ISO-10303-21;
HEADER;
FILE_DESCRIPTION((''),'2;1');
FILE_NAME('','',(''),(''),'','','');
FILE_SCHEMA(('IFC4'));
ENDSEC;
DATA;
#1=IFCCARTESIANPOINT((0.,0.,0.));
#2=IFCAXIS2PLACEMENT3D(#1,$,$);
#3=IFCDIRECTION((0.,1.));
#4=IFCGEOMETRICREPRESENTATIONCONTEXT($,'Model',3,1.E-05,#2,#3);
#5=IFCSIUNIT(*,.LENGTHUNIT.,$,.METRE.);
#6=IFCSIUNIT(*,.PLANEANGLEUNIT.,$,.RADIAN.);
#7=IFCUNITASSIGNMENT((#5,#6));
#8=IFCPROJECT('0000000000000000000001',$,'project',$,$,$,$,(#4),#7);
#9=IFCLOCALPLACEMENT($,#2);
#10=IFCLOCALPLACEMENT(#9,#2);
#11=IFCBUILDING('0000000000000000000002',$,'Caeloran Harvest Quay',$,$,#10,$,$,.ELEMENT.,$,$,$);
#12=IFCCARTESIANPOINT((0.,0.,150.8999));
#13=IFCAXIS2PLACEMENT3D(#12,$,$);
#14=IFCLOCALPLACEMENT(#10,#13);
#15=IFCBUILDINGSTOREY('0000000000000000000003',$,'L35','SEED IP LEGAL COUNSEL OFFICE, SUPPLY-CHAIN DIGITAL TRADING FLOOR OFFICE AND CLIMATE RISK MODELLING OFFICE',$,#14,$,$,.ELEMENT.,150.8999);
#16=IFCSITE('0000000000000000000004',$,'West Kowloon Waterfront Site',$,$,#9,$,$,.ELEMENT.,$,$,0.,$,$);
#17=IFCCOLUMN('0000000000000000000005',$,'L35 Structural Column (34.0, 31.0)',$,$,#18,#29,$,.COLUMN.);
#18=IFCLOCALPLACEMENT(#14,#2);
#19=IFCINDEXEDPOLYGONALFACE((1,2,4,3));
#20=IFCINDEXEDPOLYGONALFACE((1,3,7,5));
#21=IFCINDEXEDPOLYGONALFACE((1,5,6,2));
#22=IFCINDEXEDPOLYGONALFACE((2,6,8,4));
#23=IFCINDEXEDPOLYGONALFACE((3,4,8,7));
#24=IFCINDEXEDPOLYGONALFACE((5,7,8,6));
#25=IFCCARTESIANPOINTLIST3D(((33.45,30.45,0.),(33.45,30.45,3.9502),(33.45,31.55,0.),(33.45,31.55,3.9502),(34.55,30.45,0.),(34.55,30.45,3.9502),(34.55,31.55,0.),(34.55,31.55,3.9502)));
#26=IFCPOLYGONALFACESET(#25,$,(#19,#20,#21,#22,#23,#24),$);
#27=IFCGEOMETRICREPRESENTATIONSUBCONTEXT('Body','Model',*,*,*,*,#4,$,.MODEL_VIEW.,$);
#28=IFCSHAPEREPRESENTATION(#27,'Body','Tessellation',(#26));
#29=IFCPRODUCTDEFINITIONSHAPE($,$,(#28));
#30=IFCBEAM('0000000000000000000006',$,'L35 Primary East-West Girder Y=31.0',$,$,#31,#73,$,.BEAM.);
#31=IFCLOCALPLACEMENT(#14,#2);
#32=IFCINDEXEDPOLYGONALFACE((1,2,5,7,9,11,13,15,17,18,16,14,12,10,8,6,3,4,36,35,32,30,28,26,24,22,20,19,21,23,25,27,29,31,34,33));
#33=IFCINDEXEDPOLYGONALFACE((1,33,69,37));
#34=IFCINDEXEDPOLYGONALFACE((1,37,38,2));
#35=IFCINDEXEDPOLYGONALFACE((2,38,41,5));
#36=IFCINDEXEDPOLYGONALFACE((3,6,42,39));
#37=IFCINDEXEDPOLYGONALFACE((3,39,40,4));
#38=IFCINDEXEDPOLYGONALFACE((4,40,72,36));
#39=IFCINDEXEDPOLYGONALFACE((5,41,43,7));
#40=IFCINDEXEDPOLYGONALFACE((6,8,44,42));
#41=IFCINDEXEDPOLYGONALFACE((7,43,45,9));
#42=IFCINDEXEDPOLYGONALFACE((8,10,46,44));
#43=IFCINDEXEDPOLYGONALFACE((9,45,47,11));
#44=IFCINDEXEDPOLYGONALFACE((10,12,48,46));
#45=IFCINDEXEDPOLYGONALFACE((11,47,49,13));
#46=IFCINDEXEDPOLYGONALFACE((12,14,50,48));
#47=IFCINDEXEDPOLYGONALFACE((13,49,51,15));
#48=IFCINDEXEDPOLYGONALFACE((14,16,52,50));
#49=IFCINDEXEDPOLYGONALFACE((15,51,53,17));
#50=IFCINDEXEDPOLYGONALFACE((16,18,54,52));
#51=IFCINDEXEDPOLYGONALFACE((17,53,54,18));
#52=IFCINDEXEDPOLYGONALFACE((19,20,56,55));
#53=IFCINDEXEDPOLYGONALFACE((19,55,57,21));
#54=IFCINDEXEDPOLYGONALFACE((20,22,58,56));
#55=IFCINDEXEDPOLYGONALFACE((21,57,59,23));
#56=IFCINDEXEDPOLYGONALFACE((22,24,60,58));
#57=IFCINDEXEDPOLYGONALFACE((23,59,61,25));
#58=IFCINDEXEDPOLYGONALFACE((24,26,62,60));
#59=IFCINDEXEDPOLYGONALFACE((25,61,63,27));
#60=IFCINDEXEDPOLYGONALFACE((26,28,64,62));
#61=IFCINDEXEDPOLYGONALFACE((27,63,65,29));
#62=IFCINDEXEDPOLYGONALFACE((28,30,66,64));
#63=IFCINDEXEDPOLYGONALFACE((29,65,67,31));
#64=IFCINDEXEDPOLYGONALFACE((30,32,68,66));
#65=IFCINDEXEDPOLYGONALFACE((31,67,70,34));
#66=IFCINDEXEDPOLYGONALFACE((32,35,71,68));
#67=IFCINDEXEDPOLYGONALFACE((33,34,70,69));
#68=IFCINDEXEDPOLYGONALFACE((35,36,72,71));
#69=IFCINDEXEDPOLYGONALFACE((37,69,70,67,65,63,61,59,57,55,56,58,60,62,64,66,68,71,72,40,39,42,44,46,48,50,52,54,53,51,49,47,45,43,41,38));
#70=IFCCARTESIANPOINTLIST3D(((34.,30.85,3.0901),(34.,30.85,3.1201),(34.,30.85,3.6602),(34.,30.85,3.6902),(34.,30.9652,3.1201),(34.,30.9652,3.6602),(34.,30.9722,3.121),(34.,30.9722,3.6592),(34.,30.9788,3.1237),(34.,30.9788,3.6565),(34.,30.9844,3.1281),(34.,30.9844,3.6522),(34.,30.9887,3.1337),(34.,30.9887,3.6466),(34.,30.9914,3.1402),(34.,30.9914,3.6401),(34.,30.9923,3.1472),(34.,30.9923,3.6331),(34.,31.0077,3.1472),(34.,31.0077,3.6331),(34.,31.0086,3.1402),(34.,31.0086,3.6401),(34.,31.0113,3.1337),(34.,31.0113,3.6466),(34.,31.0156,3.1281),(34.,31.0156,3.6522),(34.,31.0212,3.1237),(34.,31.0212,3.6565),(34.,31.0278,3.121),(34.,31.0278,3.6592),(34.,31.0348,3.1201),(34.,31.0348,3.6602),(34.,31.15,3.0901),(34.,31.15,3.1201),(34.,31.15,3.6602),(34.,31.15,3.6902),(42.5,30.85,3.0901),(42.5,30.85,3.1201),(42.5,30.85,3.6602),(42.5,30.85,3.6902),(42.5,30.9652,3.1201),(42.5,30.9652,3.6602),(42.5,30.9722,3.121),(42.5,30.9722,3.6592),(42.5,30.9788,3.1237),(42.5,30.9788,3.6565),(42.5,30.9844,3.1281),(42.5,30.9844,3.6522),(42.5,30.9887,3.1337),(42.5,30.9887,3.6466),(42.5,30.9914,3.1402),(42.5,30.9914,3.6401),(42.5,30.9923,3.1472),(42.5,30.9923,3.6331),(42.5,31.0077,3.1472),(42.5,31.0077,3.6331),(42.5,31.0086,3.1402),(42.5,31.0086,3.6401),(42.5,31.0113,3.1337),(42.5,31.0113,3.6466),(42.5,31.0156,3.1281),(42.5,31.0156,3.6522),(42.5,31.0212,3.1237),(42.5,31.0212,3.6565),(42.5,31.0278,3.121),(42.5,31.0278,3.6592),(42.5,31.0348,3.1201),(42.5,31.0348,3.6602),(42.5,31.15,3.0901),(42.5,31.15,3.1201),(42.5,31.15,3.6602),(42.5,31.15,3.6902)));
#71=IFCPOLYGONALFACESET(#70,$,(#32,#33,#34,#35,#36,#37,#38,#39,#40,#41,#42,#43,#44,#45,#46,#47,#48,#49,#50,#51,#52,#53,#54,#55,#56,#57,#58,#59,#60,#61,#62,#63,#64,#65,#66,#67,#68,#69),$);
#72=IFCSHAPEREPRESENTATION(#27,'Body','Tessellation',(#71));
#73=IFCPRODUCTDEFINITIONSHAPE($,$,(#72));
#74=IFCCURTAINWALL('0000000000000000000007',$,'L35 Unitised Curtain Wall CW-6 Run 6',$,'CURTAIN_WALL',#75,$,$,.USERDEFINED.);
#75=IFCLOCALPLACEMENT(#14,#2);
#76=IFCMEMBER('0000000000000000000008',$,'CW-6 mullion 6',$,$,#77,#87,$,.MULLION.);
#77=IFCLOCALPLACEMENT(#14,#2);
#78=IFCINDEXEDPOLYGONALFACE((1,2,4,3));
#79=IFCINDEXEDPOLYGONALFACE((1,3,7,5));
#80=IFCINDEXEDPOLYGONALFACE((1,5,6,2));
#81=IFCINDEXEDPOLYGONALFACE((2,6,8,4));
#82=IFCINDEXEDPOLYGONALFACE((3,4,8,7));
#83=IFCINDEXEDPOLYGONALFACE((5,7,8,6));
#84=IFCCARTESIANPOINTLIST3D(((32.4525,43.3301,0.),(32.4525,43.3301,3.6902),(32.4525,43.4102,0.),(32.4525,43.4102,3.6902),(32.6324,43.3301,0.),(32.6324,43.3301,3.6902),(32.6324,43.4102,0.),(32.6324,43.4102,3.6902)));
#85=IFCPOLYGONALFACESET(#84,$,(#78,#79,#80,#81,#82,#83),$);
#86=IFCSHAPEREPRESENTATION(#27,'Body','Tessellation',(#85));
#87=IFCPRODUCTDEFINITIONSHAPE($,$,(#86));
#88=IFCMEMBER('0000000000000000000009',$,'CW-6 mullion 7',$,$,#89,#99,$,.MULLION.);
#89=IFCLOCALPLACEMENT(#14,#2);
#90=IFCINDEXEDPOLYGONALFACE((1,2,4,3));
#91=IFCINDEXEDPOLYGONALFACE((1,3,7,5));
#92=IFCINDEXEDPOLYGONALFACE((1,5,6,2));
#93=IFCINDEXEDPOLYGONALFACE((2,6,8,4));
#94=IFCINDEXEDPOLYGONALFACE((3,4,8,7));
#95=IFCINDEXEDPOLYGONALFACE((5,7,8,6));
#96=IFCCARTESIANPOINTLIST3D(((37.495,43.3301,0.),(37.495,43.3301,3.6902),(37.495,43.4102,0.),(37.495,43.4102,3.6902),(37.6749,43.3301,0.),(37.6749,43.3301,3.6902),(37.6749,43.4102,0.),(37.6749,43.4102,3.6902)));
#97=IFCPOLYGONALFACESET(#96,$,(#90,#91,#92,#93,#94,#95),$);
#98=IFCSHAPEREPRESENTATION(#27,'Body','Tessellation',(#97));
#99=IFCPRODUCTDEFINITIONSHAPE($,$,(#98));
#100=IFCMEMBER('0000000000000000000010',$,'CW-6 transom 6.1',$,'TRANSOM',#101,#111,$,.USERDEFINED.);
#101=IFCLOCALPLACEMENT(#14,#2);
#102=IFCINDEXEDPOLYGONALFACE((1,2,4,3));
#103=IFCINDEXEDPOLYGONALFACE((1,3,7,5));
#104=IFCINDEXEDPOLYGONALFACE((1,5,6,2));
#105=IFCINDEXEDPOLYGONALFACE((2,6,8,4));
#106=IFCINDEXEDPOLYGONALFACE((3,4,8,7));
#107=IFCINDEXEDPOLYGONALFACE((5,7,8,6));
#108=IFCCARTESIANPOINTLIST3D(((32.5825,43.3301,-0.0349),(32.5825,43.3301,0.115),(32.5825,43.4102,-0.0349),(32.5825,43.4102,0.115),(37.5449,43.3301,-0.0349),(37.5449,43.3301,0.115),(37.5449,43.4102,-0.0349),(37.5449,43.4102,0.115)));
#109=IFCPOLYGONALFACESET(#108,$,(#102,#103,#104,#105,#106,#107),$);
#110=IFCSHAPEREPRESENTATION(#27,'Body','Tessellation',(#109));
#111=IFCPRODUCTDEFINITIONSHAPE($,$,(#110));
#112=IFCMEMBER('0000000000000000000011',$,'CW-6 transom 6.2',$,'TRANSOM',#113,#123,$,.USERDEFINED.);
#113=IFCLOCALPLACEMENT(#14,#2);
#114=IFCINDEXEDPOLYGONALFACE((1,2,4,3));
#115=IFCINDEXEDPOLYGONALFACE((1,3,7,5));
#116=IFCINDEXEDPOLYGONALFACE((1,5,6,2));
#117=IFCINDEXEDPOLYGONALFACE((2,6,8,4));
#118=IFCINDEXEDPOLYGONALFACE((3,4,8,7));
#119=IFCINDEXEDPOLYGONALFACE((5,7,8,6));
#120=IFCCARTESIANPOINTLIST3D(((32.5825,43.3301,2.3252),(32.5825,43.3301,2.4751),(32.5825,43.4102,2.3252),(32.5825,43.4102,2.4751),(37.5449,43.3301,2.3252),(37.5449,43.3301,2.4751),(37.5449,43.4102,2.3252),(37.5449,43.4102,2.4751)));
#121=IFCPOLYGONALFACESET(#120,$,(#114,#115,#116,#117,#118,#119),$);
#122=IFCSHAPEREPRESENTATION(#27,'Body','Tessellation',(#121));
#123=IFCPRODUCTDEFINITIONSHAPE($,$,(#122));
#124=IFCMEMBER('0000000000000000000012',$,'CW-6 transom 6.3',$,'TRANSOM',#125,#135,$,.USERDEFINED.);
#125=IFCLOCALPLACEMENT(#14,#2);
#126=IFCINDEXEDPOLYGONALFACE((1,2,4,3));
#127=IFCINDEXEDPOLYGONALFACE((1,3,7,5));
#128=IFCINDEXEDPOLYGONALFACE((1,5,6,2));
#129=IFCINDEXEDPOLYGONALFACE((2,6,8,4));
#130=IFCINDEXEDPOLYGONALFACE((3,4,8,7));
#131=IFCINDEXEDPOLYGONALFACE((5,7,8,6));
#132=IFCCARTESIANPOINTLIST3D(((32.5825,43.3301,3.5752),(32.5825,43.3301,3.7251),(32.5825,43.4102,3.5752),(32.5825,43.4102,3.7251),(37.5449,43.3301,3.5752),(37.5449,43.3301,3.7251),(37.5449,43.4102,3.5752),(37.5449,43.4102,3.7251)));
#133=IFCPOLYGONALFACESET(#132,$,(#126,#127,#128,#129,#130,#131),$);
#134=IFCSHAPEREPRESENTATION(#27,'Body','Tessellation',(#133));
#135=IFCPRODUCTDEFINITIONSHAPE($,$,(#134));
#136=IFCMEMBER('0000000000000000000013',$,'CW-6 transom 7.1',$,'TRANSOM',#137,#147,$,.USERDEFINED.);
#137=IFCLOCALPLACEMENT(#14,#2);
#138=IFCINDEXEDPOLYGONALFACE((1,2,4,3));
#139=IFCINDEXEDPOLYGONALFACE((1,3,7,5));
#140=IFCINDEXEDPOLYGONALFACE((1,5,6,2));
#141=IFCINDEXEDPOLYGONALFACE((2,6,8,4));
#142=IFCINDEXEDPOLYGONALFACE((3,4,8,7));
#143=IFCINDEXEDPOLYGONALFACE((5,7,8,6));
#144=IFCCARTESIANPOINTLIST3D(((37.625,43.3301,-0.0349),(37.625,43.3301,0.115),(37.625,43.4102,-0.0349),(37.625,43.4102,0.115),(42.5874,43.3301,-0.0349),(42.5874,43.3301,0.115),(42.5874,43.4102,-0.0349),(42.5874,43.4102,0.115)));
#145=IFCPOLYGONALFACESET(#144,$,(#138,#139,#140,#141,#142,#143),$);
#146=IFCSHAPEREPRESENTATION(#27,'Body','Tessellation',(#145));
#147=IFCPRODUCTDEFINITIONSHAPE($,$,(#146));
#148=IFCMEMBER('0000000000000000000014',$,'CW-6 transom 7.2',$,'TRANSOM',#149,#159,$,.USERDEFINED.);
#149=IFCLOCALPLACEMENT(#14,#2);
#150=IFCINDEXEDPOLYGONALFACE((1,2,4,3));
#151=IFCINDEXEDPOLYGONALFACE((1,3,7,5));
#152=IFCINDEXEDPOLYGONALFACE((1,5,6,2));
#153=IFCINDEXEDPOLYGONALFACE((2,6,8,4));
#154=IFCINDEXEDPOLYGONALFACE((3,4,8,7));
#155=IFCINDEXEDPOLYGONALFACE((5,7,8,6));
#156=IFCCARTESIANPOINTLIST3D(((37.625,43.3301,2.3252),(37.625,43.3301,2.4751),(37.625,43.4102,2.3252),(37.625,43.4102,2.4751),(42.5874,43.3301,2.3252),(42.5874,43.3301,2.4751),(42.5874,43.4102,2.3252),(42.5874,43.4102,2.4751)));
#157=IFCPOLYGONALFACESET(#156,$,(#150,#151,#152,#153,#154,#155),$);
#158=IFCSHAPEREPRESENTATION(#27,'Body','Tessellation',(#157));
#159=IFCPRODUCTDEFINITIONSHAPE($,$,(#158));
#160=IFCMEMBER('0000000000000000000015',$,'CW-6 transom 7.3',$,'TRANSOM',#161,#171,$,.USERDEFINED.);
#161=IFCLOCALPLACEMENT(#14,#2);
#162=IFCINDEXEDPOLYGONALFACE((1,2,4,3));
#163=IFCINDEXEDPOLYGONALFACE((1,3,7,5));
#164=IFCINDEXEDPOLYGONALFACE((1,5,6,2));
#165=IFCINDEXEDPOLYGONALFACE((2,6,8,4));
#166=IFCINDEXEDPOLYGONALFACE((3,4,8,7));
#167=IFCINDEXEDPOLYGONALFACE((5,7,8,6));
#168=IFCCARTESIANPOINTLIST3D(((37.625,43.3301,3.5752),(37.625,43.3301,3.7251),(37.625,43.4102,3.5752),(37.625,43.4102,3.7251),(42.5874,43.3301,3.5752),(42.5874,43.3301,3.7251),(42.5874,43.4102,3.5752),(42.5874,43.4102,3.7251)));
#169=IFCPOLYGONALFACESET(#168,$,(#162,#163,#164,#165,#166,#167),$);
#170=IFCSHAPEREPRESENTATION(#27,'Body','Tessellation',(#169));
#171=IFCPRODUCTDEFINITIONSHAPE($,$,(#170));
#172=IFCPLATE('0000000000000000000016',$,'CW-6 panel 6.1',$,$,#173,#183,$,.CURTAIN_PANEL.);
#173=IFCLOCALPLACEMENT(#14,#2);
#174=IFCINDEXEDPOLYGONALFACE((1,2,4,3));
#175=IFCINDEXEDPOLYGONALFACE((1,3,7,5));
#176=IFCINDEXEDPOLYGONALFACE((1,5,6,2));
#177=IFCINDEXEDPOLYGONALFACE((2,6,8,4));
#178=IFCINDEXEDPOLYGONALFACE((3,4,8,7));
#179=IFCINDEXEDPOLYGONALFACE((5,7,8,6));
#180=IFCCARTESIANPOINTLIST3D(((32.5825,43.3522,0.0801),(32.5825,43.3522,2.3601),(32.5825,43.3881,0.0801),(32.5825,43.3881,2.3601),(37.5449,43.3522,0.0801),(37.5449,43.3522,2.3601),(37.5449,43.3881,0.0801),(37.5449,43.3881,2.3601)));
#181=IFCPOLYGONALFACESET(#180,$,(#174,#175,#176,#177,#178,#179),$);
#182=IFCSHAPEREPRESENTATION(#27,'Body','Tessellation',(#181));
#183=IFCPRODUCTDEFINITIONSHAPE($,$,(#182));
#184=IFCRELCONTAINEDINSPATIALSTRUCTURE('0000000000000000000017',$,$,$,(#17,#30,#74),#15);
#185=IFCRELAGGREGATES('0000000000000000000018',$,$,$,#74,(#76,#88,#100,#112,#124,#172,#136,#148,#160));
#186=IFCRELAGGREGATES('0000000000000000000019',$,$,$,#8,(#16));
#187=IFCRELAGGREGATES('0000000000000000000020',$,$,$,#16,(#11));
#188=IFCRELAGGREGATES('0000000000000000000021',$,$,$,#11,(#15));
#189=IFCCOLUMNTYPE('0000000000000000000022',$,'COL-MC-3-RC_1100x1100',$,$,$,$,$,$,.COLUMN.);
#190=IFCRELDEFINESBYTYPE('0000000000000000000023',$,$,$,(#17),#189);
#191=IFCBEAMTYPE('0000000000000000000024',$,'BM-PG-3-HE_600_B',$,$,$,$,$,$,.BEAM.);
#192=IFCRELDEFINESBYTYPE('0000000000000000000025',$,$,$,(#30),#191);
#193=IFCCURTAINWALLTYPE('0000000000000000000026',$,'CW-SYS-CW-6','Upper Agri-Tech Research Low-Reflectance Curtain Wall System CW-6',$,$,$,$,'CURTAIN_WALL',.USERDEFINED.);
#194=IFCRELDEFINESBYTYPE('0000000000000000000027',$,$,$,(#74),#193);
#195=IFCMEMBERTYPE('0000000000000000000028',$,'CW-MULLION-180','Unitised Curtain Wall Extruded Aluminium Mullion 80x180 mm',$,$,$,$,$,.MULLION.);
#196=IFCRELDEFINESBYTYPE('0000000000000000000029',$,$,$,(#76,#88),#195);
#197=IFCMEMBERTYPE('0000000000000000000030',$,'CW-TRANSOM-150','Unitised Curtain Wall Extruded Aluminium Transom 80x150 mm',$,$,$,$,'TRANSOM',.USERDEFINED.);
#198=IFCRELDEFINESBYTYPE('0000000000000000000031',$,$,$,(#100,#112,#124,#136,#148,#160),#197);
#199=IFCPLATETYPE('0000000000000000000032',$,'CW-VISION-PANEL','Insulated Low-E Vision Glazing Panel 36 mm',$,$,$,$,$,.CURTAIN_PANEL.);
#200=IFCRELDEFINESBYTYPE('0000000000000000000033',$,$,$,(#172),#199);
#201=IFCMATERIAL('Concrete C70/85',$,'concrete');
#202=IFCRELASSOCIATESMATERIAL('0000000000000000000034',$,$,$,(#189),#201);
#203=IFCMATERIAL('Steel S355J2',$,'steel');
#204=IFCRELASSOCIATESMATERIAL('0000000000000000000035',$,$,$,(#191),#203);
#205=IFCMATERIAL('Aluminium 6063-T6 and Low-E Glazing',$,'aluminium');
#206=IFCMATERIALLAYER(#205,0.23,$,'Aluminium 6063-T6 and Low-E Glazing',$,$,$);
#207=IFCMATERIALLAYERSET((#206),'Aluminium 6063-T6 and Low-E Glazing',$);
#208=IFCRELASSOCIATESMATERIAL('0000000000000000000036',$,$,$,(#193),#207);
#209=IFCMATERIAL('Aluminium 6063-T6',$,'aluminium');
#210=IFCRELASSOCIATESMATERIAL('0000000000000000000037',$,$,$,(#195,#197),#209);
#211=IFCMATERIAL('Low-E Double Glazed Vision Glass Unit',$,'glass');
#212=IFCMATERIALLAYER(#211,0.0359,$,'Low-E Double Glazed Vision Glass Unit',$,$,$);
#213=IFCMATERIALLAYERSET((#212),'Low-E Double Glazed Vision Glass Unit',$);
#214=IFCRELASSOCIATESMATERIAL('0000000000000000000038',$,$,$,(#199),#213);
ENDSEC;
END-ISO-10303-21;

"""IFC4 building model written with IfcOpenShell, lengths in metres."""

from ifc_helpers import new_model, si_unit, direction, frame, origin, origin_2d, place, context, subcontext, project, spatial, rectangle, i_section, extrude, material, layer, layer_set, material_profile, profile_set, type_object, element, aggregate, save


model = new_model("IFC4")

# Units and contexts
model_context = context("Model", 3, precision=1e-05, world=origin(), true_north=direction((0.0, 1.0)))
body_context = subcontext(model_context, "Body", "Model", "MODEL_VIEW")
ifc_project = project(units=[si_unit("LENGTHUNIT", "METRE"), si_unit("PLANEANGLEUNIT", "RADIAN")], contexts=[model_context])

# Site, building, storey
site_placement = place(None, origin())
site = spatial("IfcSite", under=ifc_project, at=site_placement, Name="West Kowloon Waterfront Site", CompositionType="ELEMENT", RefElevation=0.0)
building_placement = place(site_placement, origin())
building = spatial("IfcBuilding", under=site, at=building_placement, Name="Caeloran Harvest Quay", CompositionType="ELEMENT")
storey_placement = place(building_placement, frame((0.0, 0.0, 150.8999)))
storey = spatial("IfcBuildingStorey", under=building, at=storey_placement, Name="L35", Description="SEED IP LEGAL COUNSEL OFFICE, SUPPLY-CHAIN DIGITAL TRADING FLOOR OFFICE AND CLIMATE RISK MODELLING OFFICE", CompositionType="ELEMENT", Elevation=150.8999)

# Column
ifc_material_1 = material(Name="Concrete C70/85", Category="concrete")
ifc_material_profile_1 = material_profile(ifc_material_1, rectangle(XDim=1.1001, YDim=1.1001, at=origin_2d()), Name="RC 1100x1100")
ifc_profile_set_1 = profile_set([ifc_material_profile_1], Name="Concrete C70/85")
column_type = type_object("IfcColumnType", Name="COL-MC-3-RC_1100x1100", PredefinedType="COLUMN", material=ifc_profile_set_1)
column_placement = place(storey_placement, frame((34.0, 31.0, 0.0), z_axis=(0.0, 0.0, 1.0), x_axis=(1.0, 0.0, 0.0)))
element("IfcColumn", 1, at=column_placement, inside=storey, type_object=column_type, Name="L35 Structural Column (34.0, 31.0)", PredefinedType="COLUMN", context=body_context, shape_type="SweptSolid", body=[
    extrude(rectangle(XDim=1.1001, YDim=1.1001, at=origin_2d()), origin(), (0.0, 0.0, 1.0), 3.9502),
])

# Beam
ifc_material_2 = material(Name="Steel S355J2", Category="steel")
ifc_material_profile_2 = material_profile(ifc_material_2, i_section(OverallWidth=0.3, OverallDepth=0.6001, WebThickness=0.0154, FlangeThickness=0.03, FilletRadius=0.0271, at=origin_2d()), Name="HE 600 B")
ifc_profile_set_2 = profile_set([ifc_material_profile_2], Name="Steel S355J2")
beam_type = type_object("IfcBeamType", Name="BM-PG-3-HE_600_B", PredefinedType="BEAM", material=ifc_profile_set_2)
beam_placement = place(storey_placement, frame((34.0, 31.0, 3.3901), z_axis=(1.0, 0.0, 0.0), x_axis=(0.0, 1.0, 0.0)))
element("IfcBeam", 2, at=beam_placement, inside=storey, type_object=beam_type, Name="L35 Primary East-West Girder Y=31.0", PredefinedType="BEAM", context=body_context, shape_type="SweptSolid", body=[
    extrude(i_section(OverallWidth=0.3, OverallDepth=0.6001, WebThickness=0.0154, FlangeThickness=0.03, FilletRadius=0.0271, at=origin_2d()), origin(), (0.0, 0.0, 1.0), 8.5),
])

# Curtain wall, members, plate
ifc_material_3 = material(Name="Aluminium 6063-T6 and Low-E Glazing", Category="aluminium")
ifc_layer_1 = layer(ifc_material_3, 0.23, Name="Aluminium 6063-T6 and Low-E Glazing")
ifc_layer_set_1 = layer_set([ifc_layer_1], Name="Aluminium 6063-T6 and Low-E Glazing")
curtain_wall_type = type_object("IfcCurtainWallType", Name="CW-SYS-CW-6", Description="Upper Agri-Tech Research Low-Reflectance Curtain Wall System CW-6", ElementType="CURTAIN_WALL", PredefinedType="USERDEFINED", material=ifc_layer_set_1)
curtain_wall_placement = place(storey_placement, origin())
curtain_wall = element("IfcCurtainWall", 3, at=curtain_wall_placement, inside=storey, type_object=curtain_wall_type, Name="L35 Unitised Curtain Wall CW-6 Run 6", ObjectType="CURTAIN_WALL", PredefinedType="USERDEFINED")
ifc_material_4 = material(Name="Aluminium 6063-T6", Category="aluminium")
ifc_material_profile_3 = material_profile(ifc_material_4, rectangle(XDim=0.0801, YDim=0.1799, at=origin_2d()), Name="CW-MULLION-180")
ifc_profile_set_3 = profile_set([ifc_material_profile_3], Name="Aluminium 6063-T6")
member_type_1 = type_object("IfcMemberType", Name="CW-MULLION-180", Description="Unitised Curtain Wall Extruded Aluminium Mullion 80x180 mm", PredefinedType="MULLION", material=ifc_profile_set_3)
member_1_placement = place(storey_placement, frame((32.5425, 43.3701, 0.0), z_axis=(0.0, 0.0, 1.0), x_axis=(0.0, 1.0, 0.0)))
member_1 = element("IfcMember", 4, at=member_1_placement, type_object=member_type_1, Name="CW-6 mullion 6", PredefinedType="MULLION", context=body_context, shape_type="SweptSolid", body=[
    extrude(rectangle(XDim=0.0801, YDim=0.1799, at=origin_2d()), origin(), (0.0, 0.0, 1.0), 3.6902),
])
member_2_placement = place(storey_placement, frame((37.585, 43.3701, 0.0), z_axis=(0.0, 0.0, 1.0), x_axis=(0.0, 1.0, 0.0)))
member_2 = element("IfcMember", 5, at=member_2_placement, type_object=member_type_1, Name="CW-6 mullion 7", PredefinedType="MULLION", context=body_context, shape_type="SweptSolid", body=[
    extrude(rectangle(XDim=0.0801, YDim=0.1799, at=origin_2d()), origin(), (0.0, 0.0, 1.0), 3.6902),
])
ifc_material_profile_4 = material_profile(ifc_material_4, rectangle(XDim=0.0801, YDim=0.1499, at=origin_2d()), Name="CW-TRANSOM-150")
ifc_profile_set_4 = profile_set([ifc_material_profile_4], Name="Aluminium 6063-T6")
member_type_2 = type_object("IfcMemberType", Name="CW-TRANSOM-150", Description="Unitised Curtain Wall Extruded Aluminium Transom 80x150 mm", ElementType="TRANSOM", PredefinedType="USERDEFINED", material=ifc_profile_set_4)
member_3_placement = place(storey_placement, frame((32.5825, 43.3701, 0.04), z_axis=(1.0, 0.0, 0.0), x_axis=(0.0, 1.0, 0.0)))
member_3 = element("IfcMember", 6, at=member_3_placement, type_object=member_type_2, Name="CW-6 transom 6.1", ObjectType="TRANSOM", PredefinedType="USERDEFINED", context=body_context, shape_type="SweptSolid", body=[
    extrude(rectangle(XDim=0.0801, YDim=0.1499, at=origin_2d()), origin(), (0.0, 0.0, 1.0), 4.9624),
])
member_4_placement = place(storey_placement, frame((32.5825, 43.3701, 2.4001), z_axis=(1.0, 0.0, 0.0), x_axis=(0.0, 1.0, 0.0)))
member_4 = element("IfcMember", 7, at=member_4_placement, type_object=member_type_2, Name="CW-6 transom 6.2", ObjectType="TRANSOM", PredefinedType="USERDEFINED", context=body_context, shape_type="SweptSolid", body=[
    extrude(rectangle(XDim=0.0801, YDim=0.1499, at=origin_2d()), origin(), (0.0, 0.0, 1.0), 4.9624),
])
member_5_placement = place(storey_placement, frame((32.5825, 43.3701, 3.6501), z_axis=(1.0, 0.0, 0.0), x_axis=(0.0, 1.0, 0.0)))
member_5 = element("IfcMember", 8, at=member_5_placement, type_object=member_type_2, Name="CW-6 transom 6.3", ObjectType="TRANSOM", PredefinedType="USERDEFINED", context=body_context, shape_type="SweptSolid", body=[
    extrude(rectangle(XDim=0.0801, YDim=0.1499, at=origin_2d()), origin(), (0.0, 0.0, 1.0), 4.9624),
])
member_6_placement = place(storey_placement, frame((37.625, 43.3701, 0.04), z_axis=(1.0, 0.0, 0.0), x_axis=(0.0, 1.0, 0.0)))
member_6 = element("IfcMember", 9, at=member_6_placement, type_object=member_type_2, Name="CW-6 transom 7.1", ObjectType="TRANSOM", PredefinedType="USERDEFINED", context=body_context, shape_type="SweptSolid", body=[
    extrude(rectangle(XDim=0.0801, YDim=0.1499, at=origin_2d()), origin(), (0.0, 0.0, 1.0), 4.9624),
])
member_7_placement = place(storey_placement, frame((37.625, 43.3701, 2.4001), z_axis=(1.0, 0.0, 0.0), x_axis=(0.0, 1.0, 0.0)))
member_7 = element("IfcMember", 10, at=member_7_placement, type_object=member_type_2, Name="CW-6 transom 7.2", ObjectType="TRANSOM", PredefinedType="USERDEFINED", context=body_context, shape_type="SweptSolid", body=[
    extrude(rectangle(XDim=0.0801, YDim=0.1499, at=origin_2d()), origin(), (0.0, 0.0, 1.0), 4.9624),
])
member_8_placement = place(storey_placement, frame((37.625, 43.3701, 3.6501), z_axis=(1.0, 0.0, 0.0), x_axis=(0.0, 1.0, 0.0)))
member_8 = element("IfcMember", 11, at=member_8_placement, type_object=member_type_2, Name="CW-6 transom 7.3", ObjectType="TRANSOM", PredefinedType="USERDEFINED", context=body_context, shape_type="SweptSolid", body=[
    extrude(rectangle(XDim=0.0801, YDim=0.1499, at=origin_2d()), origin(), (0.0, 0.0, 1.0), 4.9624),
])
ifc_material_5 = material(Name="Low-E Double Glazed Vision Glass Unit", Category="glass")
ifc_layer_2 = layer(ifc_material_5, 0.0359, Name="Low-E Double Glazed Vision Glass Unit")
ifc_layer_set_2 = layer_set([ifc_layer_2], Name="Low-E Double Glazed Vision Glass Unit")
plate_type = type_object("IfcPlateType", Name="CW-VISION-PANEL", Description="Insulated Low-E Vision Glazing Panel 36 mm", PredefinedType="CURTAIN_PANEL", material=ifc_layer_set_2)
plate_1_placement = place(storey_placement, frame((35.0637, 43.3701, 0.0801), z_axis=(0.0, 0.0, 1.0), x_axis=(1.0, 0.0, 0.0)))
plate_1 = element("IfcPlate", 12, at=plate_1_placement, type_object=plate_type, Name="CW-6 panel 6.1", PredefinedType="CURTAIN_PANEL", context=body_context, shape_type="SweptSolid", body=[
    extrude(rectangle(XDim=4.9624, YDim=0.0359, at=origin_2d()), origin(), (0.0, 0.0, 1.0), 2.28),
])
aggregate(curtain_wall, [member_1, member_2, member_3, member_4, member_5, plate_1, member_6, member_7, member_8])

save(model, "model.ifc")
